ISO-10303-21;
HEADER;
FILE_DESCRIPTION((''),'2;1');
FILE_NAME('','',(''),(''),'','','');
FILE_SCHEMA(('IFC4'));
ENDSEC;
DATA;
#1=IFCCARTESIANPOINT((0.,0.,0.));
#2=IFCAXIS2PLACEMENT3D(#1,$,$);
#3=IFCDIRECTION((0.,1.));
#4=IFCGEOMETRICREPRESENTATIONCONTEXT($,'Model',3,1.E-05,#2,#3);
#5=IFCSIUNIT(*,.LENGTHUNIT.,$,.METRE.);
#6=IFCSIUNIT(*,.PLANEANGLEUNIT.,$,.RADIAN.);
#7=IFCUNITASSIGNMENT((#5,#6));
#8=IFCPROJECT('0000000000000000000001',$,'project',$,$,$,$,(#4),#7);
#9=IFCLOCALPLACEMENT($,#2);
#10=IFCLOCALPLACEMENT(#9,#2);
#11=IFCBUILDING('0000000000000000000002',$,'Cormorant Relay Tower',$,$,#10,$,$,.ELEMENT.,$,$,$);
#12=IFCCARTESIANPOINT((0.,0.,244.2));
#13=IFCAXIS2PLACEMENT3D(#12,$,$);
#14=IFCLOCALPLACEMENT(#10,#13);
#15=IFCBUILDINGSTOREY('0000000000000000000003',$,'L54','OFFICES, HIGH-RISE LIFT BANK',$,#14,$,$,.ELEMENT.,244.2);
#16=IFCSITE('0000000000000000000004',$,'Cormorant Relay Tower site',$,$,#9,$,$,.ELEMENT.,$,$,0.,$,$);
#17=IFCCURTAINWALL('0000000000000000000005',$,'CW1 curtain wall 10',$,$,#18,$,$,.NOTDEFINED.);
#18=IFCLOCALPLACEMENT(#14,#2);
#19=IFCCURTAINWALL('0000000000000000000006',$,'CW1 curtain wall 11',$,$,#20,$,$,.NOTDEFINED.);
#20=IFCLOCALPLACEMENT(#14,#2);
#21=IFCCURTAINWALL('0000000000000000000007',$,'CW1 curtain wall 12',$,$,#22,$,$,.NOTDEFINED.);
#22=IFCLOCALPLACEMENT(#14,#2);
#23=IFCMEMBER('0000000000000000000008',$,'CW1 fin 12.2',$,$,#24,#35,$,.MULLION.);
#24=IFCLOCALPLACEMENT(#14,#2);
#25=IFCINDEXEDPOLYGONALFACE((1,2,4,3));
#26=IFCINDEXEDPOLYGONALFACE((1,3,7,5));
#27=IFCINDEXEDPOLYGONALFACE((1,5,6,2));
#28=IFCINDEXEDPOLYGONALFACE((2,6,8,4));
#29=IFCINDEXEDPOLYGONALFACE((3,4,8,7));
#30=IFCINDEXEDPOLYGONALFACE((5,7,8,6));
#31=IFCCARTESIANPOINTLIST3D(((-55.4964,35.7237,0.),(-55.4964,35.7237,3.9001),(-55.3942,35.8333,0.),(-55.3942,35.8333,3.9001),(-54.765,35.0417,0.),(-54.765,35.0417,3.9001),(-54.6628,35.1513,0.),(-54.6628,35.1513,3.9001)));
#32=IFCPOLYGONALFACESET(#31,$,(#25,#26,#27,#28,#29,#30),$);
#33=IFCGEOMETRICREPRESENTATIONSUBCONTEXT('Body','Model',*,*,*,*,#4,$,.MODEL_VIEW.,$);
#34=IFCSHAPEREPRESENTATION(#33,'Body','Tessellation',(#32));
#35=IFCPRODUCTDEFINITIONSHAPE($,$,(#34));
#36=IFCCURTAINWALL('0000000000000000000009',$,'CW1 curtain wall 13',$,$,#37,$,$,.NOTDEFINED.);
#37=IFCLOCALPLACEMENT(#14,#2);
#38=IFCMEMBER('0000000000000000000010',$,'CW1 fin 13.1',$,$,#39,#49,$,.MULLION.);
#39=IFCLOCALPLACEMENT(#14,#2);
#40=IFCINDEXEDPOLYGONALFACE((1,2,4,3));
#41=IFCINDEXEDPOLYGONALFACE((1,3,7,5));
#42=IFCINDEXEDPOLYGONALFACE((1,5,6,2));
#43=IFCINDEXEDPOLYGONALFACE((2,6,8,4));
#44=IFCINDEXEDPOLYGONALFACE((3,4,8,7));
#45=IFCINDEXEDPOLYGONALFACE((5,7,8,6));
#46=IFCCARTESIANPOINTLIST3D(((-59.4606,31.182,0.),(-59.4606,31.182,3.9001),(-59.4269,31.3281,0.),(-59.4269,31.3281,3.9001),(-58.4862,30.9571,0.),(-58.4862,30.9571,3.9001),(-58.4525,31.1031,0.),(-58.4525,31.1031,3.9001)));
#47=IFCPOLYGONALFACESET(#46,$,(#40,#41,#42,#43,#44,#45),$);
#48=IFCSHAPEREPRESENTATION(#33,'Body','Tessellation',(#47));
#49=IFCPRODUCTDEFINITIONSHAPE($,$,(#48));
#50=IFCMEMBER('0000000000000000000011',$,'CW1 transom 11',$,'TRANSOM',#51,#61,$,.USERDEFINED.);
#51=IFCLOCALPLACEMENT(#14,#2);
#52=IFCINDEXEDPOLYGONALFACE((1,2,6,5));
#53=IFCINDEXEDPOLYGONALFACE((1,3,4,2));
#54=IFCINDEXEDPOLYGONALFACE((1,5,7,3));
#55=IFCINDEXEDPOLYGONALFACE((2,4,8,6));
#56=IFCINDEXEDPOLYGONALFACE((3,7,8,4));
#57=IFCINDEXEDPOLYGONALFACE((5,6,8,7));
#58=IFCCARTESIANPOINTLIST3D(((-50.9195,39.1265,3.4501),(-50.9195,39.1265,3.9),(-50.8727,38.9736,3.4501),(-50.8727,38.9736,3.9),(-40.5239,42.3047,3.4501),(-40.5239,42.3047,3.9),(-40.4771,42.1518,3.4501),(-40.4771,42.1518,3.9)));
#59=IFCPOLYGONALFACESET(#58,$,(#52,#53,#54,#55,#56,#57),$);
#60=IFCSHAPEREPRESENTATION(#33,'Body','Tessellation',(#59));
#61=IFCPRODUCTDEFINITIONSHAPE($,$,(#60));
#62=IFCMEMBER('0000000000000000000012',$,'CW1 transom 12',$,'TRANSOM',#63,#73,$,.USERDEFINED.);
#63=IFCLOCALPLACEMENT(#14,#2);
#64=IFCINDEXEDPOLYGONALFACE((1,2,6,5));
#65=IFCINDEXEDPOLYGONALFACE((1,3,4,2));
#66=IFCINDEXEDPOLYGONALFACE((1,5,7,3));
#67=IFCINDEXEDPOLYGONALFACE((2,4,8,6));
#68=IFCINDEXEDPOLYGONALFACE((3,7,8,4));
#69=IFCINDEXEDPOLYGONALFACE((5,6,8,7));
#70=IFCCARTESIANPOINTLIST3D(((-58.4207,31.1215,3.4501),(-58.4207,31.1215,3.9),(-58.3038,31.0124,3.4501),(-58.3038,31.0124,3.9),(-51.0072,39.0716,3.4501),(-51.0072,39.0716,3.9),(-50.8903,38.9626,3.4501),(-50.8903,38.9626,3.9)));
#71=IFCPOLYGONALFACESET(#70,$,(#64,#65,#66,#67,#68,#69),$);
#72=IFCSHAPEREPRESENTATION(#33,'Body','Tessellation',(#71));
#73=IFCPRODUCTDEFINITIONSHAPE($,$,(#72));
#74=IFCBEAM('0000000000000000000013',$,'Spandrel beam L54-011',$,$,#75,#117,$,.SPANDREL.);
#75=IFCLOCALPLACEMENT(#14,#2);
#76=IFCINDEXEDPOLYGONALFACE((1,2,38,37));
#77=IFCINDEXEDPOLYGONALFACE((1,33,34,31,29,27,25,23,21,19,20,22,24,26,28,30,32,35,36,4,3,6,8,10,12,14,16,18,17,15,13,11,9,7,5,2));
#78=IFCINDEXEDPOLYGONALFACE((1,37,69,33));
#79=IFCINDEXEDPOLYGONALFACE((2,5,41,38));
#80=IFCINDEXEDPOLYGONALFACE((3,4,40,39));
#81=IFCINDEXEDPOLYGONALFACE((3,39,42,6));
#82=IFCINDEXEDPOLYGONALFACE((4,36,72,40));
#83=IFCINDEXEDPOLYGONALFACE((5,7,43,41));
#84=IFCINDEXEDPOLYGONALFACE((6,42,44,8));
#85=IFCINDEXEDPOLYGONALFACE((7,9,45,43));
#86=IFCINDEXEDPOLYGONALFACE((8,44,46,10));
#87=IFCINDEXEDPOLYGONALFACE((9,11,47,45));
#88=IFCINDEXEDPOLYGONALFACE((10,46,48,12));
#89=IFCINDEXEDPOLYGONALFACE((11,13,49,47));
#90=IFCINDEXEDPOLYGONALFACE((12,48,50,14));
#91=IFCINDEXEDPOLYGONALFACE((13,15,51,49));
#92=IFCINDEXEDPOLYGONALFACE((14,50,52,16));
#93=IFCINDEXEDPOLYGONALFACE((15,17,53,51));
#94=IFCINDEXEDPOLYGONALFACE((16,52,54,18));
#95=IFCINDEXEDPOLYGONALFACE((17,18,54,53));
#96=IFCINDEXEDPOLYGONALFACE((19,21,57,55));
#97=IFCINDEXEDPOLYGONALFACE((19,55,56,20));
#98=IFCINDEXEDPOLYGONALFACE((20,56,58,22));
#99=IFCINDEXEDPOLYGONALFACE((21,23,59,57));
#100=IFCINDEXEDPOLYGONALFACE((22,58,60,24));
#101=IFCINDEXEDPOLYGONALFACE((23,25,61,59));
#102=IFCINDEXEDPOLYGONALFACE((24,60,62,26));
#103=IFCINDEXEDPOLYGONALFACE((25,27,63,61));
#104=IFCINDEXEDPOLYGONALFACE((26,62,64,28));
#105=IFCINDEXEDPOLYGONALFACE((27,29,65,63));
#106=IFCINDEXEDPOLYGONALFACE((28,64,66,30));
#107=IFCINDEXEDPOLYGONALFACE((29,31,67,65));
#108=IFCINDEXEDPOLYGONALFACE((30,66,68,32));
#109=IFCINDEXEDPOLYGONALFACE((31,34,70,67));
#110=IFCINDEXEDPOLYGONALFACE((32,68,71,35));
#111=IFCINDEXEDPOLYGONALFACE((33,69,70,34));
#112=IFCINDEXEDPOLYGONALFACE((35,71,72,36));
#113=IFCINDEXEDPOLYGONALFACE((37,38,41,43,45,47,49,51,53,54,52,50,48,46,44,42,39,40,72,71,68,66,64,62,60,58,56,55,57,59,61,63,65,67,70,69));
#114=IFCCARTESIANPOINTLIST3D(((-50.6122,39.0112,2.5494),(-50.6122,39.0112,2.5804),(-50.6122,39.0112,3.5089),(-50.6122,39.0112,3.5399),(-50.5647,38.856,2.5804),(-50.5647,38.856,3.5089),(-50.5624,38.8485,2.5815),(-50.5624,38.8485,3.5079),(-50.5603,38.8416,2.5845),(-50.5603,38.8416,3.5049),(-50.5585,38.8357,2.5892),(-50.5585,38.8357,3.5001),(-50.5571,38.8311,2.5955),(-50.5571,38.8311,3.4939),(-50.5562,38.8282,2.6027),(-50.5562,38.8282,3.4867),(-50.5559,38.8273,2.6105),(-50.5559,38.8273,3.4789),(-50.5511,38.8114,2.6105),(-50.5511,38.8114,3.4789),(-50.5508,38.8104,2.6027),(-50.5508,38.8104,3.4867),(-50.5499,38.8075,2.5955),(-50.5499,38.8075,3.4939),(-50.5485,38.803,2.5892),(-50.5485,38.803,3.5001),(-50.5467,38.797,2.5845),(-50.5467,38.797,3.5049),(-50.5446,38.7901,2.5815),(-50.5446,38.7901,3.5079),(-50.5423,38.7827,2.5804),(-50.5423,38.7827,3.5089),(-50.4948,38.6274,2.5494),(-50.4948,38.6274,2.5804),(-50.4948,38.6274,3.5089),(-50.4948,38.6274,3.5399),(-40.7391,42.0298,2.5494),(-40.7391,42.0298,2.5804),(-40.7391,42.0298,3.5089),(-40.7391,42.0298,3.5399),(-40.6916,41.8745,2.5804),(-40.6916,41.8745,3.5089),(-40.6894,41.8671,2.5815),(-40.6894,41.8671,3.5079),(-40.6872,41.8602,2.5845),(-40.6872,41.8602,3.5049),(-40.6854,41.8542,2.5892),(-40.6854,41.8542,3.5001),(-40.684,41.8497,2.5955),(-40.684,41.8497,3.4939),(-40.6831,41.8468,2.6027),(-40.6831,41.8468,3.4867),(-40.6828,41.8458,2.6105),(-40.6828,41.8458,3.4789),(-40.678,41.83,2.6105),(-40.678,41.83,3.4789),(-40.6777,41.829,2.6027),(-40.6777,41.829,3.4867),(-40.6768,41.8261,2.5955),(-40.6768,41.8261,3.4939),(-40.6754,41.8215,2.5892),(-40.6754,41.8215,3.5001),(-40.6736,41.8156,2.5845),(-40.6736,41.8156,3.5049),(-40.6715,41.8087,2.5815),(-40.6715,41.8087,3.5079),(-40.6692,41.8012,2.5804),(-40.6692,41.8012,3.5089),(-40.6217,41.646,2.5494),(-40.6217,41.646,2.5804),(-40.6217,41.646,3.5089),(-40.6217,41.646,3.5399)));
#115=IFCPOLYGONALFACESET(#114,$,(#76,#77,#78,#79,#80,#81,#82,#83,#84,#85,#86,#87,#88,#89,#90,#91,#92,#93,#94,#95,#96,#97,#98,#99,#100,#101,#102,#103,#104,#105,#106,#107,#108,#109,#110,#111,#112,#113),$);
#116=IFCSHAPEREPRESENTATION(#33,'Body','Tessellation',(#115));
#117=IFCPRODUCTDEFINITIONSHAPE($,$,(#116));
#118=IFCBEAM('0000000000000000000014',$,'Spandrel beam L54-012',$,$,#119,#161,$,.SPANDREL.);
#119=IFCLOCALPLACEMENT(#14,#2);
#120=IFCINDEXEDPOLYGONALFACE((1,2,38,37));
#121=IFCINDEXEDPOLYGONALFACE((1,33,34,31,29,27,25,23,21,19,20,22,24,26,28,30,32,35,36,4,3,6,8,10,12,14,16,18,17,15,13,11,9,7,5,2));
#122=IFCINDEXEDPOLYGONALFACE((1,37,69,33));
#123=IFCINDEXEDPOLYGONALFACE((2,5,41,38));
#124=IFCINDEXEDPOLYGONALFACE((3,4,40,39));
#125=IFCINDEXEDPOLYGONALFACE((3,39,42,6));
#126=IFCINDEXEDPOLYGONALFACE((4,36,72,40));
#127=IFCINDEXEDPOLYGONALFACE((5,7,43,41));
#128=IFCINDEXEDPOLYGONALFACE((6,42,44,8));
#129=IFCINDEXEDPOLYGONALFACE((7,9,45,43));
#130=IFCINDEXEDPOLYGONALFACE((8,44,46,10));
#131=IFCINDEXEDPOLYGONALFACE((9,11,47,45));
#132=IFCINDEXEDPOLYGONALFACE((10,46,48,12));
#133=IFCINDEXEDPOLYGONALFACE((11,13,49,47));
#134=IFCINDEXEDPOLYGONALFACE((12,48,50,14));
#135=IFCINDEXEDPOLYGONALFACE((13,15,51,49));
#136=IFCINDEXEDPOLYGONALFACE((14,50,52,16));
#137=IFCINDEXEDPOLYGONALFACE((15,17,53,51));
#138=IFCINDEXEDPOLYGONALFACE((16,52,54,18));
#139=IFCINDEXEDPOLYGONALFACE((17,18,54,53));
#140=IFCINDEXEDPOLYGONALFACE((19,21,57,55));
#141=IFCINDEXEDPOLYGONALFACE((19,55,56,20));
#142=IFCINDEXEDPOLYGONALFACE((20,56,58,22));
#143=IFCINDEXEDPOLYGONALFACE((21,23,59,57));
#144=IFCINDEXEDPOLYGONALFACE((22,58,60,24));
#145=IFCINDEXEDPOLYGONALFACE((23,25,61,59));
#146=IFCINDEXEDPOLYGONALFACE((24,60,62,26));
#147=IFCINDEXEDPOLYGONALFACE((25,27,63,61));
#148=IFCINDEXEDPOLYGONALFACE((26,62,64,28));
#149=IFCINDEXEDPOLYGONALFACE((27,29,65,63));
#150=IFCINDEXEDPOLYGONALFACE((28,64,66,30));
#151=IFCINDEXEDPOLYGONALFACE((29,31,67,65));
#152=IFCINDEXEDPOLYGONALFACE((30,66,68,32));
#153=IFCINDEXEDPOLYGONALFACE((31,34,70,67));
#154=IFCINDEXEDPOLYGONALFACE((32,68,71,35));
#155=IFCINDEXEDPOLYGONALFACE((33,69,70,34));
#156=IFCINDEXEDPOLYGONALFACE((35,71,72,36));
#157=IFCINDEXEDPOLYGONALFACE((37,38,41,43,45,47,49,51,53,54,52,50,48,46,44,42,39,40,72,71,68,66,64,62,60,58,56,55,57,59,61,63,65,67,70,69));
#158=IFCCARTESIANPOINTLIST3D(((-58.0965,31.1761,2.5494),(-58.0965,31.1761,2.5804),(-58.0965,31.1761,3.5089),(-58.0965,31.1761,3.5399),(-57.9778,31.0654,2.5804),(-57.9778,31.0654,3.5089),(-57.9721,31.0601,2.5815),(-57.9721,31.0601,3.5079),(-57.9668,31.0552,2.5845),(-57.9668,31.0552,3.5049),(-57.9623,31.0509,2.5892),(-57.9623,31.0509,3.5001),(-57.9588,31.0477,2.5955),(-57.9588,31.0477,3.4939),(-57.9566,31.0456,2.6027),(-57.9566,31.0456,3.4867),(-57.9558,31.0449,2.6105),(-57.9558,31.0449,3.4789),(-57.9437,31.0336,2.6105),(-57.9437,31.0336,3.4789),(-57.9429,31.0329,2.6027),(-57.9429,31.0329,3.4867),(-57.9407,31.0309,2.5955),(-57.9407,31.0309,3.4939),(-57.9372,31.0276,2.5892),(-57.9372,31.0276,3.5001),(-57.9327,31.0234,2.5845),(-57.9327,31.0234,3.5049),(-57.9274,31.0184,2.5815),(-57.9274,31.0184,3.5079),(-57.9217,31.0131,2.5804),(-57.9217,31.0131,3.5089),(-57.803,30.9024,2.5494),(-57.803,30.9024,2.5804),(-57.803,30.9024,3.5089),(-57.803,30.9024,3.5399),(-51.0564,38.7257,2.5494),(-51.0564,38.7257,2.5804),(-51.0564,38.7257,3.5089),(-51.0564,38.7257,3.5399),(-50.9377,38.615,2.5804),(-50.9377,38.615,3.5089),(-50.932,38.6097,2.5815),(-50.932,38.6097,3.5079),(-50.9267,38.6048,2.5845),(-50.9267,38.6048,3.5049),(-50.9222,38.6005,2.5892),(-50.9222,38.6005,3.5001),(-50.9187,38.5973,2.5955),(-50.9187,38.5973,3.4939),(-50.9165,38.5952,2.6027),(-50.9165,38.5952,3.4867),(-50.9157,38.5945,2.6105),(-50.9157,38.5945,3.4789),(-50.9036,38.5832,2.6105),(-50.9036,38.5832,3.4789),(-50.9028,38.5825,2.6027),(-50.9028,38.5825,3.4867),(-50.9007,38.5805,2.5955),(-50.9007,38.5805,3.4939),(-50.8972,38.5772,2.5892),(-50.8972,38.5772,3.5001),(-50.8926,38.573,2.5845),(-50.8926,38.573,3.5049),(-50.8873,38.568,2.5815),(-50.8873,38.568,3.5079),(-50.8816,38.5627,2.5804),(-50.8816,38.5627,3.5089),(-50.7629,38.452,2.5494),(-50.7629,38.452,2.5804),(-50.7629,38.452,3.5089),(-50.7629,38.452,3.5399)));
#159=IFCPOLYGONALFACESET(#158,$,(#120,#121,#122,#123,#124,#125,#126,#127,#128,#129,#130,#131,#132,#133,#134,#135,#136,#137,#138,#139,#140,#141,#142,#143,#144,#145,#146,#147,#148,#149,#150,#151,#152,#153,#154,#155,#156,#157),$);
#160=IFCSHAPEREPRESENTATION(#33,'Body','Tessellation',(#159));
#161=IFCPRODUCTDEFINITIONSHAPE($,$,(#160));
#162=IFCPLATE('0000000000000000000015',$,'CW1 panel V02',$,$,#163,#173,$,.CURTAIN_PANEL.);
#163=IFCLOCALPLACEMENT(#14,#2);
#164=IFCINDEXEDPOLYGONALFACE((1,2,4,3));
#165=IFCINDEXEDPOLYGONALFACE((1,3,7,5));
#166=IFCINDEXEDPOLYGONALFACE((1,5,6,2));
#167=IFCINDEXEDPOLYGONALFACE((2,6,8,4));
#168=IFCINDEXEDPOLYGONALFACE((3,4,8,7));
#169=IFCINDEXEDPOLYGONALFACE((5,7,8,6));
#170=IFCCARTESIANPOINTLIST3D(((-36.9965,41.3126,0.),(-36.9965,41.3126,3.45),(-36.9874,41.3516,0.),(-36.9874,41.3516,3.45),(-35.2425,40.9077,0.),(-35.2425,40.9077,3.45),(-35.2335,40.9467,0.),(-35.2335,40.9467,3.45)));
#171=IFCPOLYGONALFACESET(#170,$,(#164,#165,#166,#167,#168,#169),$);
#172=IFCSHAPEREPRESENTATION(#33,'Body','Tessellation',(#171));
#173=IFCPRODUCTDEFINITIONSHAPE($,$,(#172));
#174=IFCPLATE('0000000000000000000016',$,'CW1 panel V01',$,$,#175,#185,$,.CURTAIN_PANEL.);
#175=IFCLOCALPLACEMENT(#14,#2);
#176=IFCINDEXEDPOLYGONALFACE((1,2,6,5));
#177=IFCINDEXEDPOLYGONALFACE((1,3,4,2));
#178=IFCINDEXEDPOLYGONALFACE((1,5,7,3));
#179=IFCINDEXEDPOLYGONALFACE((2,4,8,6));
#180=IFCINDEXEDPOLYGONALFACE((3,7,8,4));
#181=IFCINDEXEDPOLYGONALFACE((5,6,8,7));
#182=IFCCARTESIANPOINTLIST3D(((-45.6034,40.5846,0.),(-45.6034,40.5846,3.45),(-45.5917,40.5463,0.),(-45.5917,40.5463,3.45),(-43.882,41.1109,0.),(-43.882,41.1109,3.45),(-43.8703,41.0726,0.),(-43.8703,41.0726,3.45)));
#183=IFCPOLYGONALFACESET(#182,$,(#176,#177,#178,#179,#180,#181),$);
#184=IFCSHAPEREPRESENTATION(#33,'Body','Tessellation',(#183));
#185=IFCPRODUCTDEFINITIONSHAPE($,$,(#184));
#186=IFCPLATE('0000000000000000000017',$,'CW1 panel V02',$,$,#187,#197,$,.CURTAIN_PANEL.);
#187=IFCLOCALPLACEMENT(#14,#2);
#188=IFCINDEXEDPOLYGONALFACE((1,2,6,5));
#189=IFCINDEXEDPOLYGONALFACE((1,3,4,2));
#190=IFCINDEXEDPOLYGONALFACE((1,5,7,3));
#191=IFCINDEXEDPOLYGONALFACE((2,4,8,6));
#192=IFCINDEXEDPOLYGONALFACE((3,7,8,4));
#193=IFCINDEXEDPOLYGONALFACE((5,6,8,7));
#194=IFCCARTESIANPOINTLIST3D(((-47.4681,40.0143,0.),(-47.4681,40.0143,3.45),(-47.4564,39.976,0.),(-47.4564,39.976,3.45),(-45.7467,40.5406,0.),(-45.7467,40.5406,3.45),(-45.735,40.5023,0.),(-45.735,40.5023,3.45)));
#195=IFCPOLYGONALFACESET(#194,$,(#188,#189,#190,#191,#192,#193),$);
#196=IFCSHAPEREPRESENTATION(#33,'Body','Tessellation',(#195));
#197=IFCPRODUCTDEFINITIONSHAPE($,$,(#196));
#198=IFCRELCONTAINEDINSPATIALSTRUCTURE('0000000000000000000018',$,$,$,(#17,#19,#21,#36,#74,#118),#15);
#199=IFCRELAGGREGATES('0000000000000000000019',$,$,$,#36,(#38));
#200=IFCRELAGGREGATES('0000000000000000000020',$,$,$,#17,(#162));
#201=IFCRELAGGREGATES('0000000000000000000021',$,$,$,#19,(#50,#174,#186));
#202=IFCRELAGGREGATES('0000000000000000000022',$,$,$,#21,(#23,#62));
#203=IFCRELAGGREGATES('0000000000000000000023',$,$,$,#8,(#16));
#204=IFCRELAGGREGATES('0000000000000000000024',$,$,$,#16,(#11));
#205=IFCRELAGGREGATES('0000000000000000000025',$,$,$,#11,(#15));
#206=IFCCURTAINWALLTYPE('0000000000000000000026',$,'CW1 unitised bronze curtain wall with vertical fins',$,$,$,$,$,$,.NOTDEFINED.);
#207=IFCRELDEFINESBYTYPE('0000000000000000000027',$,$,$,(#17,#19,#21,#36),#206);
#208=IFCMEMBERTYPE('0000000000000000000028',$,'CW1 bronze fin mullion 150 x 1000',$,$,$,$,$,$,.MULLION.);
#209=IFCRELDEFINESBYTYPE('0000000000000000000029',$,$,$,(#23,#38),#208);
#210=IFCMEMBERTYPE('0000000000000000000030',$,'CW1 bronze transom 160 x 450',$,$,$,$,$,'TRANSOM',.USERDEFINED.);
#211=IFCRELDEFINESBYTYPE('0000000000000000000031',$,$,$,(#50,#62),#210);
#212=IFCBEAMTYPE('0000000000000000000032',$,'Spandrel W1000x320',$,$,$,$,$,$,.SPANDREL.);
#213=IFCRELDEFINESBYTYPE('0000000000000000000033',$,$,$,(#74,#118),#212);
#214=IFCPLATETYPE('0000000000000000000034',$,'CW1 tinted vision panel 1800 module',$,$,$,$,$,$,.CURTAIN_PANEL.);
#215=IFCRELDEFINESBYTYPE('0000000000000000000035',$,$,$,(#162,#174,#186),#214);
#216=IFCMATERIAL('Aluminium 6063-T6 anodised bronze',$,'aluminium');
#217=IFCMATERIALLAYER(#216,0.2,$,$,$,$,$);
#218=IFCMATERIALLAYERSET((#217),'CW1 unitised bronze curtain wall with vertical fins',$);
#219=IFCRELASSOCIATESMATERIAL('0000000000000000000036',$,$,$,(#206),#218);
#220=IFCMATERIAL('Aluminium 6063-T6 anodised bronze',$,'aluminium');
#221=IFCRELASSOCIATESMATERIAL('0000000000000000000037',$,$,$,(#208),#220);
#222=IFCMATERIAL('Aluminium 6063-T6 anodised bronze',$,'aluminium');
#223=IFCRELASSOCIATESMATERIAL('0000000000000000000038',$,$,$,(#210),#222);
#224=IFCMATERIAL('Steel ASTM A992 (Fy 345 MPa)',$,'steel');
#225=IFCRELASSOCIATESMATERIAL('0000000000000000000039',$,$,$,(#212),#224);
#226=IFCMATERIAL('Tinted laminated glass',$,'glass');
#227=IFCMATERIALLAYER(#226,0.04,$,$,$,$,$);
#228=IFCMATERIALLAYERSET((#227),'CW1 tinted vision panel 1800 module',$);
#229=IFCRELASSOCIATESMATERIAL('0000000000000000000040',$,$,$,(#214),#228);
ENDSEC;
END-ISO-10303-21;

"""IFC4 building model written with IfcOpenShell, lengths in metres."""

from ifc_helpers import new_model, si_unit, direction, frame, origin, origin_2d, place, context, subcontext, project, spatial, rectangle, i_section, extrude, material, layer, layer_set, material_profile, profile_set, type_object, element, aggregate, save


model = new_model("IFC4")

# Units and contexts
model_context = context("Model", 3, precision=1e-05, world=origin(), true_north=direction((0.0, 1.0)))
body_context = subcontext(model_context, "Body", "Model", "MODEL_VIEW")
ifc_project = project(units=[si_unit("LENGTHUNIT", "METRE"), si_unit("PLANEANGLEUNIT", "RADIAN")], contexts=[model_context])

# Site, building, storey
site_placement = place(None, origin())
site = spatial("IfcSite", under=ifc_project, at=site_placement, Name="Cormorant Relay Tower site", CompositionType="ELEMENT", RefElevation=0.0)
building_placement = place(site_placement, origin())
building = spatial("IfcBuilding", under=site, at=building_placement, Name="Cormorant Relay Tower", CompositionType="ELEMENT")
storey_placement = place(building_placement, frame((0.0, 0.0, 244.2)))
storey = spatial("IfcBuildingStorey", under=building, at=storey_placement, Name="L54", Description="OFFICES, HIGH-RISE LIFT BANK", CompositionType="ELEMENT", Elevation=244.2)

# Curtain wall
ifc_material_1 = material(Name="Aluminium 6063-T6 anodised bronze", Category="aluminium")
ifc_layer_1 = layer(ifc_material_1, 0.2)
ifc_layer_set_1 = layer_set([ifc_layer_1], Name="CW1 unitised bronze curtain wall with vertical fins")
curtain_wall_type = type_object("IfcCurtainWallType", Name="CW1 unitised bronze curtain wall with vertical fins", PredefinedType="NOTDEFINED", material=ifc_layer_set_1)
curtain_wall_1_placement = place(storey_placement, origin())
curtain_wall_1 = element("IfcCurtainWall", 1, at=curtain_wall_1_placement, inside=storey, type_object=curtain_wall_type, Name="CW1 curtain wall 10", PredefinedType="NOTDEFINED")
ifc_material_2 = material(Name="Aluminium 6063-T6 anodised bronze", Category="aluminium")
ifc_material_profile_1 = material_profile(ifc_material_2, rectangle(XDim=0.1499, YDim=1.0, at=origin_2d()), Name="AL 150x1000")
ifc_profile_set_1 = profile_set([ifc_material_profile_1], Name="Aluminium 6063-T6 anodised bronze")
member_type_1 = type_object("IfcMemberType", Name="CW1 bronze fin mullion 150 x 1000", PredefinedType="MULLION", material=ifc_profile_set_1)

# Curtain walls, member
curtain_wall_2_placement = place(storey_placement, origin())
curtain_wall_2 = element("IfcCurtainWall", 2, at=curtain_wall_2_placement, inside=storey, type_object=curtain_wall_type, Name="CW1 curtain wall 11", PredefinedType="NOTDEFINED")
curtain_wall_3_placement = place(storey_placement, origin())
curtain_wall_3 = element("IfcCurtainWall", 3, at=curtain_wall_3_placement, inside=storey, type_object=curtain_wall_type, Name="CW1 curtain wall 12", PredefinedType="NOTDEFINED")
member_1_placement = place(storey_placement, frame((-55.0796, 35.4375, 0.0), z_axis=(0.0, 0.0, 1.0), x_axis=(-0.681998, -0.731354, 0.0)))
member_1 = element("IfcMember", 4, at=member_1_placement, type_object=member_type_1, Name="CW1 fin 12.2", PredefinedType="MULLION", context=body_context, shape_type="SweptSolid", body=[
    extrude(rectangle(XDim=0.1499, YDim=1.0, at=origin_2d()), origin(), (0.0, 0.0, 1.0), 3.9001),
])

# Curtain wall, member
curtain_wall_4_placement = place(storey_placement, origin())
curtain_wall_4 = element("IfcCurtainWall", 5, at=curtain_wall_4_placement, inside=storey, type_object=curtain_wall_type, Name="CW1 curtain wall 13", PredefinedType="NOTDEFINED")
member_2_placement = place(storey_placement, frame((-58.9565, 31.1426, 0.0), z_axis=(0.0, 0.0, 1.0), x_axis=(-0.224951, -0.97437, 0.0)))
member_2 = element("IfcMember", 6, at=member_2_placement, type_object=member_type_1, Name="CW1 fin 13.1", PredefinedType="MULLION", context=body_context, shape_type="SweptSolid", body=[
    extrude(rectangle(XDim=0.1499, YDim=1.0, at=origin_2d()), origin(), (0.0, 0.0, 1.0), 3.9001),
])
aggregate(curtain_wall_4, [member_2])

# Members
ifc_material_3 = material(Name="Aluminium 6063-T6 anodised bronze", Category="aluminium")
ifc_material_profile_2 = material_profile(ifc_material_3, rectangle(XDim=0.1599, YDim=0.45, at=origin_2d()), Name="AL 160x450")
ifc_profile_set_2 = profile_set([ifc_material_profile_2], Name="Aluminium 6063-T6 anodised bronze")
member_type_2 = type_object("IfcMemberType", Name="CW1 bronze transom 160 x 450", ElementType="TRANSOM", PredefinedType="USERDEFINED", material=ifc_profile_set_2)
member_3_placement = place(storey_placement, frame((-40.5005, 42.2283, 3.675), z_axis=(-0.956305, -0.292371, 0.0), x_axis=(0.292371, -0.956305, 0.0)))
member_3 = element("IfcMember", 7, at=member_3_placement, type_object=member_type_2, Name="CW1 transom 11", ObjectType="TRANSOM", PredefinedType="USERDEFINED", context=body_context, shape_type="SweptSolid", body=[
    extrude(rectangle(XDim=0.1599, YDim=0.45, at=origin_2d()), origin(), (0.0, 0.0, 1.0), 10.8706),
])
member_4_placement = place(storey_placement, frame((-50.9487, 39.0171, 3.675), z_axis=(-0.681993, -0.731358, 0.0), x_axis=(0.731358, -0.681993, 0.0)))
member_4 = element("IfcMember", 8, at=member_4_placement, type_object=member_type_2, Name="CW1 transom 12", ObjectType="TRANSOM", PredefinedType="USERDEFINED", context=body_context, shape_type="SweptSolid", body=[
    extrude(rectangle(XDim=0.1599, YDim=0.45, at=origin_2d()), origin(), (0.0, 0.0, 1.0), 10.8704),
])

# Beams
ifc_material_4 = material(Name="Steel ASTM A992 (Fy 345 MPa)", Category="steel")
ifc_material_profile_3 = material_profile(ifc_material_4, i_section(OverallWidth=0.4014, OverallDepth=0.9905, WebThickness=0.0166, FlangeThickness=0.031, FilletRadius=0.03, at=origin_2d()), Name="W1000x320")
ifc_profile_set_3 = profile_set([ifc_material_profile_3], Name="Steel ASTM A992 (Fy 345 MPa)")
beam_type = type_object("IfcBeamType", Name="Spandrel W1000x320", PredefinedType="SPANDREL", material=ifc_profile_set_3)
beam_1_placement = place(storey_placement, frame((-40.6804, 41.8379, 3.0447), z_axis=(-0.956303, -0.292377, 0.0), x_axis=(0.292377, -0.956303, 0.0)))
element("IfcBeam", 9, at=beam_1_placement, inside=storey, type_object=beam_type, Name="Spandrel beam L54-011", PredefinedType="SPANDREL", context=body_context, shape_type="SweptSolid", body=[
    extrude(i_section(OverallWidth=0.4014, OverallDepth=0.9905, WebThickness=0.0166, FlangeThickness=0.031, FilletRadius=0.03, at=origin_2d()), origin(), (0.0, 0.0, 1.0), 10.3242),
])
beam_2_placement = place(storey_placement, frame((-50.9097, 38.5889, 3.0447), z_axis=(-0.681996, -0.731356, 0.0), x_axis=(0.731356, -0.681996, 0.0)))
element("IfcBeam", 10, at=beam_2_placement, inside=storey, type_object=beam_type, Name="Spandrel beam L54-012", PredefinedType="SPANDREL", context=body_context, shape_type="SweptSolid", body=[
    extrude(i_section(OverallWidth=0.4014, OverallDepth=0.9905, WebThickness=0.0166, FlangeThickness=0.031, FilletRadius=0.03, at=origin_2d()), origin(), (0.0, 0.0, 1.0), 10.3228),
])

# Plates
ifc_material_5 = material(Name="Tinted laminated glass", Category="glass")
ifc_layer_2 = layer(ifc_material_5, 0.04)
ifc_layer_set_2 = layer_set([ifc_layer_2], Name="CW1 tinted vision panel 1800 module")
plate_type_1 = type_object("IfcPlateType", Name="CW1 tinted vision panel 1800 module", PredefinedType="CURTAIN_PANEL", material=ifc_layer_set_2)
plate_1_placement = place(storey_placement, frame((-36.115, 41.1296, 0.0), z_axis=(0.0, 0.0, 1.0), x_axis=(-0.97437, 0.224951, 0.0)))
plate_1 = element("IfcPlate", 11, at=plate_1_placement, type_object=plate_type_1, Name="CW1 panel V02", PredefinedType="CURTAIN_PANEL", context=body_context, shape_type="SweptSolid", body=[
    extrude(rectangle(XDim=1.8, YDim=0.04, at=origin_2d()), origin(), (0.0, 0.0, 1.0), 3.45),
])
plate_2_placement = place(storey_placement, frame((-44.7368, 40.8286, 0.0), z_axis=(0.0, 0.0, 1.0), x_axis=(-0.956305, -0.292372, 0.0)))
plate_2 = element("IfcPlate", 12, at=plate_2_placement, type_object=plate_type_1, Name="CW1 panel V01", PredefinedType="CURTAIN_PANEL", context=body_context, shape_type="SweptSolid", body=[
    extrude(rectangle(XDim=1.8, YDim=0.04, at=origin_2d()), origin(), (0.0, 0.0, 1.0), 3.45),
])
plate_3_placement = place(storey_placement, frame((-46.6016, 40.2583, 0.0), z_axis=(0.0, 0.0, 1.0), x_axis=(-0.956305, -0.292372, 0.0)))
plate_3 = element("IfcPlate", 13, at=plate_3_placement, type_object=plate_type_1, Name="CW1 panel V02", PredefinedType="CURTAIN_PANEL", context=body_context, shape_type="SweptSolid", body=[
    extrude(rectangle(XDim=1.8, YDim=0.04, at=origin_2d()), origin(), (0.0, 0.0, 1.0), 3.45),
])

aggregate(curtain_wall_1, [plate_1])
aggregate(curtain_wall_2, [member_3, plate_2, plate_3])
aggregate(curtain_wall_3, [member_1, member_4])

save(model, "model.ifc")
